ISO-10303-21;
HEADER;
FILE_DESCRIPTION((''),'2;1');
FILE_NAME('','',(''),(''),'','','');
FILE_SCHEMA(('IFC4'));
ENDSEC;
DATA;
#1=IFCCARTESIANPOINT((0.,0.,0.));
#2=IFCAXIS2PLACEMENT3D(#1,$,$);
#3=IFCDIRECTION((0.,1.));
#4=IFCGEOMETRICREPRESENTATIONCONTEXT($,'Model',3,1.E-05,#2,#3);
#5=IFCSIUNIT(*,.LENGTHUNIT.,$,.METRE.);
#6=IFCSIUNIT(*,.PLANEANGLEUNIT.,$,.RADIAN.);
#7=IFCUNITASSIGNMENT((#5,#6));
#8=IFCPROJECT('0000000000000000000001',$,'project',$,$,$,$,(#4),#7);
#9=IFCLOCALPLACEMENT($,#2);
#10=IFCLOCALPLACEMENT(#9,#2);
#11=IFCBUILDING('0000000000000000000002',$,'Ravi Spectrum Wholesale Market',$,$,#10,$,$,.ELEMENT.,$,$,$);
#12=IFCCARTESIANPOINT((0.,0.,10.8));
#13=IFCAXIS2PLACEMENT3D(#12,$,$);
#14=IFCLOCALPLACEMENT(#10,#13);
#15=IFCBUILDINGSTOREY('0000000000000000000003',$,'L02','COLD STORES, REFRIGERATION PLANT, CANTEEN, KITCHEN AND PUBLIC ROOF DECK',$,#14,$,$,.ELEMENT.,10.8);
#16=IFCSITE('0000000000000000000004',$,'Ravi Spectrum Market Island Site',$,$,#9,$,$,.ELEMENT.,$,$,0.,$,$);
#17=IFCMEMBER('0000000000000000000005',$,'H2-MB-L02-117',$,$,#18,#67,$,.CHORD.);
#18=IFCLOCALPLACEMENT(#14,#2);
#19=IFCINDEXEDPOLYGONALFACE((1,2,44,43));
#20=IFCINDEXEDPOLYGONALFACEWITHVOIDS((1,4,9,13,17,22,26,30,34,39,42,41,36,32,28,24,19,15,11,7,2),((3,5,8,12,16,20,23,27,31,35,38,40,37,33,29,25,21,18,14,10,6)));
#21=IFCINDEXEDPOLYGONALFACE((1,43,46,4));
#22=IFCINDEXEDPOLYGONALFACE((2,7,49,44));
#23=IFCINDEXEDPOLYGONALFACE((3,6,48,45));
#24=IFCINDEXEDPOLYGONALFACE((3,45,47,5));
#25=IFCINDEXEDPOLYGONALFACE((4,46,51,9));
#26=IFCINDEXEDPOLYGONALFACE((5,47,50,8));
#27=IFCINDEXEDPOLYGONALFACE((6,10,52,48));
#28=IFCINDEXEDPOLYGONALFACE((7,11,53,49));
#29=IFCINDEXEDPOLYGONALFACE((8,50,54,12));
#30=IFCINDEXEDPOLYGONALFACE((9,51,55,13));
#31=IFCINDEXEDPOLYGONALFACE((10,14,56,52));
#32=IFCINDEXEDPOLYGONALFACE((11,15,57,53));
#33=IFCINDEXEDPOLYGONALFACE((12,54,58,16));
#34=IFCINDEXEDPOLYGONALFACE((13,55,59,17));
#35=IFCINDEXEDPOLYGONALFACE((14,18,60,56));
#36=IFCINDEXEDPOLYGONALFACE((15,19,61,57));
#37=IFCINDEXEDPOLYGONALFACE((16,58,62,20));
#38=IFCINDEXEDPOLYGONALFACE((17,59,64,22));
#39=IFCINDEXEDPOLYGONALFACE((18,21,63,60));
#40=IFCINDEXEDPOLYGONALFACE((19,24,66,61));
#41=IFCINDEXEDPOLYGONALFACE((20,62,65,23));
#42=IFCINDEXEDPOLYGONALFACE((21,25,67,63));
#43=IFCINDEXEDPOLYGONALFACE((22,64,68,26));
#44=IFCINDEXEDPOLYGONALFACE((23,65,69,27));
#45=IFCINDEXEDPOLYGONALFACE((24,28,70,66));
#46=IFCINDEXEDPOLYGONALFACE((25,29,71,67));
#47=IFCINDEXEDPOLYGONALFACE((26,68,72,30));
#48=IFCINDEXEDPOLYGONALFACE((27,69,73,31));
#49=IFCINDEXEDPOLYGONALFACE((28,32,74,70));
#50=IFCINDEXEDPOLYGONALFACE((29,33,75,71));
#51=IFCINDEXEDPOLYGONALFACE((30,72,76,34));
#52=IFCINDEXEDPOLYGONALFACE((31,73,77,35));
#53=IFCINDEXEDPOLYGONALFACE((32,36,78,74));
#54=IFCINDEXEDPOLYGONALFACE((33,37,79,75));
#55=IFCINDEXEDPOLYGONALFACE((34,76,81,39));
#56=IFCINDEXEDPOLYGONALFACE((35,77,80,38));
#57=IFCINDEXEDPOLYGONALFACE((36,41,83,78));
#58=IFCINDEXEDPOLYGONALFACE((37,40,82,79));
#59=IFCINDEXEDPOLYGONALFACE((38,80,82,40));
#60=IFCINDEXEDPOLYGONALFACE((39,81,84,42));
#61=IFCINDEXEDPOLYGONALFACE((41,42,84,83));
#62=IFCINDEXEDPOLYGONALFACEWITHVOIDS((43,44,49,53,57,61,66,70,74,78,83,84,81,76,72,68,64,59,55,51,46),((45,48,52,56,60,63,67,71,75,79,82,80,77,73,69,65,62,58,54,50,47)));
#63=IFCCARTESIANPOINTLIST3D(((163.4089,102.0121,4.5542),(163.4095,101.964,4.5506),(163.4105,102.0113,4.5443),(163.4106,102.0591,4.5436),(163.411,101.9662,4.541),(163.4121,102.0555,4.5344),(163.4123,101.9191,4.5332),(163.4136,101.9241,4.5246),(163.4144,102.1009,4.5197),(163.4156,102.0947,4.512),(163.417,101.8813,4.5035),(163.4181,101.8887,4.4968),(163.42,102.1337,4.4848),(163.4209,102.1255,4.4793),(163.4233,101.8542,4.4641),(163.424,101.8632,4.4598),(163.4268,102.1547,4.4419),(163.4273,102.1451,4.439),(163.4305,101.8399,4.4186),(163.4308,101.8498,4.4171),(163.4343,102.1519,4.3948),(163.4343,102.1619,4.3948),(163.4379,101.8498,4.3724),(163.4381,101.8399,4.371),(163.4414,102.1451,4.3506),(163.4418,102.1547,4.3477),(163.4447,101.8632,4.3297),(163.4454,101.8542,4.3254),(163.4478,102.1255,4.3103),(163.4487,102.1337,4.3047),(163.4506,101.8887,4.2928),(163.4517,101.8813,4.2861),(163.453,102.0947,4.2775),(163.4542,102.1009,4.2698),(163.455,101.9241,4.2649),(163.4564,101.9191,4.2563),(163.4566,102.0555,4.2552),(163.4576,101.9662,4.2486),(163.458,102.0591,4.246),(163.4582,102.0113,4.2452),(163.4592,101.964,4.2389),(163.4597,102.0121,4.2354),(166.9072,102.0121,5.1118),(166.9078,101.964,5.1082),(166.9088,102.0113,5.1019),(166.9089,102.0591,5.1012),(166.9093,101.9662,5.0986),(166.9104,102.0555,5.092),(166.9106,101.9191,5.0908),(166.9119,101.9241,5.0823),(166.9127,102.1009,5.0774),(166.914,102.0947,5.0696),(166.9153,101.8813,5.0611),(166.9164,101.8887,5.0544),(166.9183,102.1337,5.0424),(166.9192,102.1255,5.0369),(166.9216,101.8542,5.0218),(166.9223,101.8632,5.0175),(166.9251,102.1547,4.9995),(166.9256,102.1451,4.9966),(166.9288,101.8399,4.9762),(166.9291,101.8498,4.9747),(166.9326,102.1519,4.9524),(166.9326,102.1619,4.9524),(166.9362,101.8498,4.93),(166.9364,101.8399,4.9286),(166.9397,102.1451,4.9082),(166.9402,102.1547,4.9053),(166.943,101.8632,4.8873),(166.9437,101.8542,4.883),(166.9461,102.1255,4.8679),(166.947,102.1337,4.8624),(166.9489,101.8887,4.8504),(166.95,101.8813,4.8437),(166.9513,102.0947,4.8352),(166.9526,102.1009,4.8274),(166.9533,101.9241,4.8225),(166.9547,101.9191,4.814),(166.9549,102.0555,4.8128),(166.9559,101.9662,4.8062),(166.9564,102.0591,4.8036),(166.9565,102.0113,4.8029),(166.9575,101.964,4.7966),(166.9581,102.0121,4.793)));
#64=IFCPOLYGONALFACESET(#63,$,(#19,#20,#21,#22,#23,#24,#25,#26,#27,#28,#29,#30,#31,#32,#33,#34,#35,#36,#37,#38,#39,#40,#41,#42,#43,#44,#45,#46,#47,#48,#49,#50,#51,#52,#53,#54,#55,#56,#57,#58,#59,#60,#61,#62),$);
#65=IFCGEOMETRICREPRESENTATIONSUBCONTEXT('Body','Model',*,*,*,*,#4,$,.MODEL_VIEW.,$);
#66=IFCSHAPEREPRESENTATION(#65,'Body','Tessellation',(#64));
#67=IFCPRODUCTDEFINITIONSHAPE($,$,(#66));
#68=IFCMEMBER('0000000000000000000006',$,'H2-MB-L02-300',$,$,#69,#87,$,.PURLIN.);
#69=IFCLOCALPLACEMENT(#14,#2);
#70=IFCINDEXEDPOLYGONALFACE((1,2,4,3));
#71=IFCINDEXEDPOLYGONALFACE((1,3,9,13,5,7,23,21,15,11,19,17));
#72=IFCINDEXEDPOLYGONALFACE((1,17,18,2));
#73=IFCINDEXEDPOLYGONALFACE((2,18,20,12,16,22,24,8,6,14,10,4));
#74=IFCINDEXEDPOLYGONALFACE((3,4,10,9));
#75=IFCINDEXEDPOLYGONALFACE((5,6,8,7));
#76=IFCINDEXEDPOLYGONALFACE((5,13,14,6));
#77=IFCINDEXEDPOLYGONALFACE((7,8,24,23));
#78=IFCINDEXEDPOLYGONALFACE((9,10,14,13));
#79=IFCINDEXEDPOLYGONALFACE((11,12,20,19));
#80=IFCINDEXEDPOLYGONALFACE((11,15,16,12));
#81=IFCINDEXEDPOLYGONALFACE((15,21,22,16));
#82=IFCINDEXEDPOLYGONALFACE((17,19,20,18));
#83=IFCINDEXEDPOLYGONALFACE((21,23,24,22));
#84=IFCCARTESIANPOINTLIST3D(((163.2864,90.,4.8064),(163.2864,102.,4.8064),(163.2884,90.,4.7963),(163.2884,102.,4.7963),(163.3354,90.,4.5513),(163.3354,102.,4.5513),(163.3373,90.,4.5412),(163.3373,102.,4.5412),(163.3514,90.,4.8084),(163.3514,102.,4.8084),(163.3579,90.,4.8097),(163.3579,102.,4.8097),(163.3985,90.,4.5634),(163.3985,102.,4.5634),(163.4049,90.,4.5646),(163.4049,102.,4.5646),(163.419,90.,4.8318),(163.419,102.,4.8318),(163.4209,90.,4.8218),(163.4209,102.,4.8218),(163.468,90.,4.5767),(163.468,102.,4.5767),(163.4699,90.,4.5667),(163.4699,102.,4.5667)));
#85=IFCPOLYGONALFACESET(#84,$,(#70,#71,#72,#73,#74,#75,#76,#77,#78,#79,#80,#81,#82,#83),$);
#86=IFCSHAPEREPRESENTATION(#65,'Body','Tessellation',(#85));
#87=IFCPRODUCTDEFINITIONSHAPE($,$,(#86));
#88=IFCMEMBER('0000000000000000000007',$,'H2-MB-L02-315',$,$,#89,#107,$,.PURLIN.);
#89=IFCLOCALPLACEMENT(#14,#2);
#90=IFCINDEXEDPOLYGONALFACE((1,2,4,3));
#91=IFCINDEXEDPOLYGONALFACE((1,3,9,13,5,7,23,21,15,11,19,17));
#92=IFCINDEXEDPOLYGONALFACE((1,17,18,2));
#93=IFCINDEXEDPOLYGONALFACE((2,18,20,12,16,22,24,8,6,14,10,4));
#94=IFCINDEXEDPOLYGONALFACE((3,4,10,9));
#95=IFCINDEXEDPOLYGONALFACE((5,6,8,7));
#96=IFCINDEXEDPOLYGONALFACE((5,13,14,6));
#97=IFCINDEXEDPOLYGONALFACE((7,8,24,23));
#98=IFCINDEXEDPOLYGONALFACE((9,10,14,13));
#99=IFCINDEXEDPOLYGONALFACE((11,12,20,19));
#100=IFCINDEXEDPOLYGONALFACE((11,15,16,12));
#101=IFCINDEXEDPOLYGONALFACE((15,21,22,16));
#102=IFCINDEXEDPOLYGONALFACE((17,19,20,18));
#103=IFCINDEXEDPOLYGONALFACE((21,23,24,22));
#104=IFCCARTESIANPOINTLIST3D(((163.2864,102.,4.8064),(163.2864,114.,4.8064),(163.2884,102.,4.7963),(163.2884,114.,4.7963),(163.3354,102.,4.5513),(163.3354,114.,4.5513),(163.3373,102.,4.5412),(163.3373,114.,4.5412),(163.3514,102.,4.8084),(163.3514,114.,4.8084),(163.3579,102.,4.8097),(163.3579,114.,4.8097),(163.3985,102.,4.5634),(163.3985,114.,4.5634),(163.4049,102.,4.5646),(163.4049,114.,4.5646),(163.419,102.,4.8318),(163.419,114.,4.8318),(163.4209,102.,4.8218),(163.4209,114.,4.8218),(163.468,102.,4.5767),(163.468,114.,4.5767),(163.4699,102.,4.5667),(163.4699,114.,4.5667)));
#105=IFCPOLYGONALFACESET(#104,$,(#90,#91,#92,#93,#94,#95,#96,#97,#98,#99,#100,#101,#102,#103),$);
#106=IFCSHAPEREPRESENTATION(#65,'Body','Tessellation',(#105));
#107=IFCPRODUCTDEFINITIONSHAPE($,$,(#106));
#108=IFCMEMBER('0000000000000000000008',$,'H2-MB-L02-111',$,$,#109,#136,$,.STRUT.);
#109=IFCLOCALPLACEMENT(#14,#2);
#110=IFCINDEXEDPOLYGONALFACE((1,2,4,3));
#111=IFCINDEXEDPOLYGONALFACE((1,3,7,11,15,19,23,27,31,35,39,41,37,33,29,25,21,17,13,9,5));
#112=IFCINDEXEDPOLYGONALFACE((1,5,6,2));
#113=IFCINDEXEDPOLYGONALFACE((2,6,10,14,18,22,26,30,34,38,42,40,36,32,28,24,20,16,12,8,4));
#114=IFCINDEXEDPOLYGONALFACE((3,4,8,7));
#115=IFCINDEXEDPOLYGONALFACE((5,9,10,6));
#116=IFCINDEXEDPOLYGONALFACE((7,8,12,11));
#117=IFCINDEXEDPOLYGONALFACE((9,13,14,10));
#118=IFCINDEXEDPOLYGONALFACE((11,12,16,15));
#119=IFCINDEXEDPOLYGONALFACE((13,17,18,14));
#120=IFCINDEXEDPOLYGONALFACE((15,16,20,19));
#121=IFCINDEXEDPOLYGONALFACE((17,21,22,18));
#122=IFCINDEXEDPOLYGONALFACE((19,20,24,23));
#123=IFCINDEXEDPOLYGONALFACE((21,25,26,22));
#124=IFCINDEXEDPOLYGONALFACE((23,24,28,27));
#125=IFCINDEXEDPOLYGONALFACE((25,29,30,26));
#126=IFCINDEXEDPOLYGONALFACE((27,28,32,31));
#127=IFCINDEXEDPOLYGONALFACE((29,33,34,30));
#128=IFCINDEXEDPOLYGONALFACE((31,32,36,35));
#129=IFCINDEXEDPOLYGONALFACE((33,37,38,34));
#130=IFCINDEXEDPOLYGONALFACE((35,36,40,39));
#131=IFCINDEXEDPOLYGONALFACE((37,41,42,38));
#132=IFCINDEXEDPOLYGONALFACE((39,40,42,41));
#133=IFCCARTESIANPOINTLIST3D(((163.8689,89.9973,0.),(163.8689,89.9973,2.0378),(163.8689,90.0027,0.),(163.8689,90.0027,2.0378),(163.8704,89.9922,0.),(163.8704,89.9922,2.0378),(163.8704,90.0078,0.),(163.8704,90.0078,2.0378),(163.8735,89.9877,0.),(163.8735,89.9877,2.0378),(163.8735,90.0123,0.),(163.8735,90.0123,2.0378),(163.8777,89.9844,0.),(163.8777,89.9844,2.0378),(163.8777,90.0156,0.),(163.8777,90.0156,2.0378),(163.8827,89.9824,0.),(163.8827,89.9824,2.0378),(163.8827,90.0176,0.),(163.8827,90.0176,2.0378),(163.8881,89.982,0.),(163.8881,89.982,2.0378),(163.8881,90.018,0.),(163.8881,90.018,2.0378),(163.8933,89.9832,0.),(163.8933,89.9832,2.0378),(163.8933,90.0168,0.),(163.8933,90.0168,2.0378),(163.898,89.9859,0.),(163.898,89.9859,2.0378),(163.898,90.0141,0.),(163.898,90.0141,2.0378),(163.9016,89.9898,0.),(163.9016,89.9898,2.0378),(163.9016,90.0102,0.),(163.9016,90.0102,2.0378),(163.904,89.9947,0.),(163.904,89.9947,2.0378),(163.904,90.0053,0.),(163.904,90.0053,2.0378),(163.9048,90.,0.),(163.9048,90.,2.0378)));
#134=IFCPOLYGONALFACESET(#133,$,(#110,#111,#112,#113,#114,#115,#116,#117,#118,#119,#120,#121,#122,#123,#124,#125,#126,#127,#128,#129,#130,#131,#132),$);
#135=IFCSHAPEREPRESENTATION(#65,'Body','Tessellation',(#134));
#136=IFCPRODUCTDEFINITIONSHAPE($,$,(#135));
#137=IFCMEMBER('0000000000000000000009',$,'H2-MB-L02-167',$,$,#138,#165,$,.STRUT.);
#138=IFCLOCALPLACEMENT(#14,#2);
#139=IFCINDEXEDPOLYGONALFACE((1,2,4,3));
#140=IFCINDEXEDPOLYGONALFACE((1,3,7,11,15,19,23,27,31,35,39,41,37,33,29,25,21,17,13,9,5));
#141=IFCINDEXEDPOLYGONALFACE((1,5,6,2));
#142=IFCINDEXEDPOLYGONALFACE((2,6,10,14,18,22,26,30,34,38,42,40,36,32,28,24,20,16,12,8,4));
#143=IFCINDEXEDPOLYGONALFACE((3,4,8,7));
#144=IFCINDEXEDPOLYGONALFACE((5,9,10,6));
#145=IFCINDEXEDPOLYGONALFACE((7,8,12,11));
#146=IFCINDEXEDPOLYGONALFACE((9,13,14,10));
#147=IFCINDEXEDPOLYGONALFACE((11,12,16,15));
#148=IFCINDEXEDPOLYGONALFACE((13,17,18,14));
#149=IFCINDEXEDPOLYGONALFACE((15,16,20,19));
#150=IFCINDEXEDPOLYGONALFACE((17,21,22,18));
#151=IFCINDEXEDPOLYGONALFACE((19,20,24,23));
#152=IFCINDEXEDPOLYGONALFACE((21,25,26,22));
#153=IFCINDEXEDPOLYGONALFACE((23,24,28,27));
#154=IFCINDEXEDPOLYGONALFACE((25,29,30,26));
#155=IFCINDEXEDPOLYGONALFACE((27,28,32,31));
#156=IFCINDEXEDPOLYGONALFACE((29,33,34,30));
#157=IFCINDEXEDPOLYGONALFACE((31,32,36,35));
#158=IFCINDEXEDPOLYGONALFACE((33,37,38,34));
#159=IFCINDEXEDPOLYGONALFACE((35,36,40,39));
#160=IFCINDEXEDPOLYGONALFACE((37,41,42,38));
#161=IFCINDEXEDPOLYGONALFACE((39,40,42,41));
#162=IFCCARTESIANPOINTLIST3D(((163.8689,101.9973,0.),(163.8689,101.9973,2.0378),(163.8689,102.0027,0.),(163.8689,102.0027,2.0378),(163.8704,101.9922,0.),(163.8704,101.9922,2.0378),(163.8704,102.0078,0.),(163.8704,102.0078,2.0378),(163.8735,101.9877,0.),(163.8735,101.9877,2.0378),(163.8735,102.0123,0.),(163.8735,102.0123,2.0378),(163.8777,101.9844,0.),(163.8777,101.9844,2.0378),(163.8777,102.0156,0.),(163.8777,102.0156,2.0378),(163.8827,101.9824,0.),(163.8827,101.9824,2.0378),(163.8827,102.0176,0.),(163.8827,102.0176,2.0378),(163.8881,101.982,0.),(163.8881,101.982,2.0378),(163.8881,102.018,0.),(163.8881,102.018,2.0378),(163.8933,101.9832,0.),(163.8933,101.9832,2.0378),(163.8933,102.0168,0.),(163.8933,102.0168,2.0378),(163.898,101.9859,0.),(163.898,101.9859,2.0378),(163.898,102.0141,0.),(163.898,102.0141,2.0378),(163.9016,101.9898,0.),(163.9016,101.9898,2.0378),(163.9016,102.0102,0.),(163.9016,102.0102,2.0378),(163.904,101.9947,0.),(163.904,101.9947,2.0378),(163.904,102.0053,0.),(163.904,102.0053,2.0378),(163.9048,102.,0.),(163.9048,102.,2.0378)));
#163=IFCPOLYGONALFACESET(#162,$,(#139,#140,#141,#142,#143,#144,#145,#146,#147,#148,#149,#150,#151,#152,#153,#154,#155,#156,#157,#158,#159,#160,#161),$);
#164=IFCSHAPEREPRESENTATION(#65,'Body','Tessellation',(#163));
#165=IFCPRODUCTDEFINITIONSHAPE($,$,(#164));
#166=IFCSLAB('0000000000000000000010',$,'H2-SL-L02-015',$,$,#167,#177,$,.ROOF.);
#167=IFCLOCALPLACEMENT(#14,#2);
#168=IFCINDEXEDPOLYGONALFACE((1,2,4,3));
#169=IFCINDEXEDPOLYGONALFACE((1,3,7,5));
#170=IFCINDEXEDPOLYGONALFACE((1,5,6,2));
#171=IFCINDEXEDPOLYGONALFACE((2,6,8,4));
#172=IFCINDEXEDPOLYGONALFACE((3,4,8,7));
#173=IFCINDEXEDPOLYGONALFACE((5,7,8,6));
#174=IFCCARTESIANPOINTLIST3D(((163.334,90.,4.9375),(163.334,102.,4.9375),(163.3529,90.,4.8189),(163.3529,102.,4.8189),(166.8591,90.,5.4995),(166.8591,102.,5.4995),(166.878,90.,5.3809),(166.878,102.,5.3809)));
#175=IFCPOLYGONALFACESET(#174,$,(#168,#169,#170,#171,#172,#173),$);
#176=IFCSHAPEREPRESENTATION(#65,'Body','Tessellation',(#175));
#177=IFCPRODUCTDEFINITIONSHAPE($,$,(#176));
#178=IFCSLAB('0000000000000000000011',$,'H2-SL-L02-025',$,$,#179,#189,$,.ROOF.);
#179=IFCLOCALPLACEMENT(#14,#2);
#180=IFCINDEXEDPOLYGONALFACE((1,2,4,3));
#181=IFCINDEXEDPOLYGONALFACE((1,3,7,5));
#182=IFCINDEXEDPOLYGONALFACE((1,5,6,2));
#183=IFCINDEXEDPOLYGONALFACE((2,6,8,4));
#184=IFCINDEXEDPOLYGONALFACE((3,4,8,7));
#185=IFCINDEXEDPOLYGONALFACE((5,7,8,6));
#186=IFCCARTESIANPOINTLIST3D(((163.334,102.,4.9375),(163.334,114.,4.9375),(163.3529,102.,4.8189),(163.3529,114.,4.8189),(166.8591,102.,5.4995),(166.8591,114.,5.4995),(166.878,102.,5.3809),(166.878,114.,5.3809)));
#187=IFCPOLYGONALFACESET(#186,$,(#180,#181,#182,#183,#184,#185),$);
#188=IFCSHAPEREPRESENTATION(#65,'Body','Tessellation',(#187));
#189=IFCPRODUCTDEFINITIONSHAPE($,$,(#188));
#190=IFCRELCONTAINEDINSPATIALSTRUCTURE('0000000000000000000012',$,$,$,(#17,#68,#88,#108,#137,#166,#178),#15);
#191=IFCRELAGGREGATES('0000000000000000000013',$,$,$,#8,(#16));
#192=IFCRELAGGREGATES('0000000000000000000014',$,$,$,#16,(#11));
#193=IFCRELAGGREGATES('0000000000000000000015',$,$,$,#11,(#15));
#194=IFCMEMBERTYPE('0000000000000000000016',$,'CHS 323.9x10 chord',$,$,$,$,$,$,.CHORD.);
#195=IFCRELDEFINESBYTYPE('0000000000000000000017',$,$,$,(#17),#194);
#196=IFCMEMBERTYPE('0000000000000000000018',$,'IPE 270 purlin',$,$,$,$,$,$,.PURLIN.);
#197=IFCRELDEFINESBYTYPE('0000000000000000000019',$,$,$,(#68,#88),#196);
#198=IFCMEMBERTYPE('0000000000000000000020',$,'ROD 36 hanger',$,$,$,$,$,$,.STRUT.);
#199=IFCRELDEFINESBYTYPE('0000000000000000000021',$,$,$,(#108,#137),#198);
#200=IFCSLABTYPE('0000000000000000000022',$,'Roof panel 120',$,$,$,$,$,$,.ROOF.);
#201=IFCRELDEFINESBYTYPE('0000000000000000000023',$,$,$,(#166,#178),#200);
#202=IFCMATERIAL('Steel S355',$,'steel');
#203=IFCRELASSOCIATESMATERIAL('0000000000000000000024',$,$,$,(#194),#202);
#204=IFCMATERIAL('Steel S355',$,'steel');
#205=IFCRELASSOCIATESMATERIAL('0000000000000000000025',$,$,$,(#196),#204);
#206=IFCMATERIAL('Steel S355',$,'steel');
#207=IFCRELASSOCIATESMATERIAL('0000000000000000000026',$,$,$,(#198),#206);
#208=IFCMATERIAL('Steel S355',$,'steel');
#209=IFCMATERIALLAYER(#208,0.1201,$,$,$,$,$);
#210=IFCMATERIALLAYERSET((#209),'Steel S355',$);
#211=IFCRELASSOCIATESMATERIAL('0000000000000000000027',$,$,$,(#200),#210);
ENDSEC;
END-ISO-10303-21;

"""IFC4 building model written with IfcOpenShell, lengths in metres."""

from ifc_helpers import new_model, si_unit, direction, frame, origin, origin_2d, place, context, subcontext, project, spatial, polyline, circle, hollow_circle, i_section, outline, extrude, material, layer, layer_set, material_profile, profile_set, type_object, element, save


model = new_model("IFC4")

# Units and contexts
model_context = context("Model", 3, precision=1e-05, world=origin(), true_north=direction((0.0, 1.0)))
body_context = subcontext(model_context, "Body", "Model", "MODEL_VIEW")
ifc_project = project(units=[si_unit("LENGTHUNIT", "METRE"), si_unit("PLANEANGLEUNIT", "RADIAN")], contexts=[model_context])

# Site, building, storey
site_placement = place(None, origin())
site = spatial("IfcSite", under=ifc_project, at=site_placement, Name="Ravi Spectrum Market Island Site", CompositionType="ELEMENT", RefElevation=0.0)
building_placement = place(site_placement, origin())
building = spatial("IfcBuilding", under=site, at=building_placement, Name="Ravi Spectrum Wholesale Market", CompositionType="ELEMENT")
storey_placement = place(building_placement, frame((0.0, 0.0, 10.8)))
storey = spatial("IfcBuildingStorey", under=building, at=storey_placement, Name="L02", Description="COLD STORES, REFRIGERATION PLANT, CANTEEN, KITCHEN AND PUBLIC ROOF DECK", CompositionType="ELEMENT", Elevation=10.8)

# Members
ifc_material_1 = material(Name="Steel S355", Category="steel")
ifc_material_profile_1 = material_profile(ifc_material_1, hollow_circle(Radius=0.1619, WallThickness=0.01, at=origin_2d()))
ifc_profile_set_1 = profile_set([ifc_material_profile_1], Name="Steel S355")
member_type_1 = type_object("IfcMemberType", Name="CHS 323.9x10 chord", PredefinedType="CHORD", material=ifc_profile_set_1)
member_1_placement = place(storey_placement, frame((163.4343, 102.0, 4.3948), z_axis=(0.987533, 0.0, 0.15741), x_axis=(0.0, 1.0, 0.0)))
element("IfcMember", 1, at=member_1_placement, inside=storey, type_object=member_type_1, Name="H2-MB-L02-117", PredefinedType="CHORD", context=body_context, shape_type="SweptSolid", body=[
    extrude(hollow_circle(Radius=0.1619, WallThickness=0.01, at=origin_2d()), origin(), (0.0, 0.0, 1.0), 3.5425),
])
ifc_material_2 = material(Name="Steel S355", Category="steel")
ifc_material_profile_2 = material_profile(ifc_material_2, i_section(OverallWidth=0.135, OverallDepth=0.27, WebThickness=0.0066, FlangeThickness=0.0103, at=origin_2d()))
ifc_profile_set_2 = profile_set([ifc_material_profile_2], Name="Steel S355")
member_type_2 = type_object("IfcMemberType", Name="IPE 270 purlin", PredefinedType="PURLIN", material=ifc_profile_set_2)
for number, where, z_axis, x_axis, name in (
    (2, (163.3782, 90.0, 4.6865), (0.0, 1.0, 0.0), (-0.982061, 0.0, -0.188562), "H2-MB-L02-300"),
    (3, (163.3782, 102.0, 4.6865), (0.0, 1.0, 0.0), (-0.982061, 0.0, -0.188562), "H2-MB-L02-315"),
):
    element("IfcMember", number, at=place(storey_placement, frame(where, z_axis=z_axis, x_axis=x_axis)), inside=storey, type_object=member_type_2, Name=name, PredefinedType="PURLIN", context=body_context, shape_type="SweptSolid", body=[
        extrude(i_section(OverallWidth=0.135, OverallDepth=0.27, WebThickness=0.0066, FlangeThickness=0.0103, at=origin_2d()), origin(), (0.0, 0.0, 1.0), 12.0),
    ])
ifc_material_3 = material(Name="Steel S355", Category="steel")
ifc_material_profile_3 = material_profile(ifc_material_3, circle(Radius=0.0181, at=origin_2d()))
ifc_profile_set_3 = profile_set([ifc_material_profile_3], Name="Steel S355")
member_type_3 = type_object("IfcMemberType", Name="ROD 36 hanger", PredefinedType="STRUT", material=ifc_profile_set_3)
for number, where, z_axis, x_axis, name in (
    (4, (163.8867, 90.0, 0.0), (0.0, 0.0, 1.0), (1.0, 0.0, 0.0), "H2-MB-L02-111"),
    (5, (163.8867, 102.0, 0.0), (0.0, 0.0, 1.0), (1.0, 0.0, 0.0), "H2-MB-L02-167"),
):
    element("IfcMember", number, at=place(storey_placement, frame(where, z_axis=z_axis, x_axis=x_axis)), inside=storey, type_object=member_type_3, Name=name, PredefinedType="STRUT", context=body_context, shape_type="SweptSolid", body=[
        extrude(circle(Radius=0.0181, at=origin_2d()), origin(), (0.0, 0.0, 1.0), 2.0378),
    ])

# Slabs
ifc_material_4 = material(Name="Steel S355", Category="steel")
ifc_layer_1 = layer(ifc_material_4, 0.1201)
ifc_layer_set_1 = layer_set([ifc_layer_1], Name="Steel S355")
slab_type = type_object("IfcSlabType", Name="Roof panel 120", PredefinedType="ROOF", material=ifc_layer_set_1)
for number, where, z_axis, x_axis, name in (
    (6, (163.334, 90.0, 4.9375), (-0.157441, 0.0, 0.987528), (0.987528, 0.0, 0.157441), "H2-SL-L02-015"),
    (7, (163.334, 102.0, 4.9375), (-0.157441, 0.0, 0.987528), (0.987528, 0.0, 0.157441), "H2-SL-L02-025"),
):
    element("IfcSlab", number, at=place(storey_placement, frame(where, z_axis=z_axis, x_axis=x_axis)), inside=storey, type_object=slab_type, Name=name, PredefinedType="ROOF", context=body_context, shape_type="SweptSolid", body=[
        extrude(outline(polyline([(0.0, 0.0), (3.5697, 0.0), (3.5697, 12.0), (0.0, 12.0), (0.0, 0.0)])), origin(), (0.0, 0.0, -1.0), 0.1201),
    ])

save(model, "model.ifc")
